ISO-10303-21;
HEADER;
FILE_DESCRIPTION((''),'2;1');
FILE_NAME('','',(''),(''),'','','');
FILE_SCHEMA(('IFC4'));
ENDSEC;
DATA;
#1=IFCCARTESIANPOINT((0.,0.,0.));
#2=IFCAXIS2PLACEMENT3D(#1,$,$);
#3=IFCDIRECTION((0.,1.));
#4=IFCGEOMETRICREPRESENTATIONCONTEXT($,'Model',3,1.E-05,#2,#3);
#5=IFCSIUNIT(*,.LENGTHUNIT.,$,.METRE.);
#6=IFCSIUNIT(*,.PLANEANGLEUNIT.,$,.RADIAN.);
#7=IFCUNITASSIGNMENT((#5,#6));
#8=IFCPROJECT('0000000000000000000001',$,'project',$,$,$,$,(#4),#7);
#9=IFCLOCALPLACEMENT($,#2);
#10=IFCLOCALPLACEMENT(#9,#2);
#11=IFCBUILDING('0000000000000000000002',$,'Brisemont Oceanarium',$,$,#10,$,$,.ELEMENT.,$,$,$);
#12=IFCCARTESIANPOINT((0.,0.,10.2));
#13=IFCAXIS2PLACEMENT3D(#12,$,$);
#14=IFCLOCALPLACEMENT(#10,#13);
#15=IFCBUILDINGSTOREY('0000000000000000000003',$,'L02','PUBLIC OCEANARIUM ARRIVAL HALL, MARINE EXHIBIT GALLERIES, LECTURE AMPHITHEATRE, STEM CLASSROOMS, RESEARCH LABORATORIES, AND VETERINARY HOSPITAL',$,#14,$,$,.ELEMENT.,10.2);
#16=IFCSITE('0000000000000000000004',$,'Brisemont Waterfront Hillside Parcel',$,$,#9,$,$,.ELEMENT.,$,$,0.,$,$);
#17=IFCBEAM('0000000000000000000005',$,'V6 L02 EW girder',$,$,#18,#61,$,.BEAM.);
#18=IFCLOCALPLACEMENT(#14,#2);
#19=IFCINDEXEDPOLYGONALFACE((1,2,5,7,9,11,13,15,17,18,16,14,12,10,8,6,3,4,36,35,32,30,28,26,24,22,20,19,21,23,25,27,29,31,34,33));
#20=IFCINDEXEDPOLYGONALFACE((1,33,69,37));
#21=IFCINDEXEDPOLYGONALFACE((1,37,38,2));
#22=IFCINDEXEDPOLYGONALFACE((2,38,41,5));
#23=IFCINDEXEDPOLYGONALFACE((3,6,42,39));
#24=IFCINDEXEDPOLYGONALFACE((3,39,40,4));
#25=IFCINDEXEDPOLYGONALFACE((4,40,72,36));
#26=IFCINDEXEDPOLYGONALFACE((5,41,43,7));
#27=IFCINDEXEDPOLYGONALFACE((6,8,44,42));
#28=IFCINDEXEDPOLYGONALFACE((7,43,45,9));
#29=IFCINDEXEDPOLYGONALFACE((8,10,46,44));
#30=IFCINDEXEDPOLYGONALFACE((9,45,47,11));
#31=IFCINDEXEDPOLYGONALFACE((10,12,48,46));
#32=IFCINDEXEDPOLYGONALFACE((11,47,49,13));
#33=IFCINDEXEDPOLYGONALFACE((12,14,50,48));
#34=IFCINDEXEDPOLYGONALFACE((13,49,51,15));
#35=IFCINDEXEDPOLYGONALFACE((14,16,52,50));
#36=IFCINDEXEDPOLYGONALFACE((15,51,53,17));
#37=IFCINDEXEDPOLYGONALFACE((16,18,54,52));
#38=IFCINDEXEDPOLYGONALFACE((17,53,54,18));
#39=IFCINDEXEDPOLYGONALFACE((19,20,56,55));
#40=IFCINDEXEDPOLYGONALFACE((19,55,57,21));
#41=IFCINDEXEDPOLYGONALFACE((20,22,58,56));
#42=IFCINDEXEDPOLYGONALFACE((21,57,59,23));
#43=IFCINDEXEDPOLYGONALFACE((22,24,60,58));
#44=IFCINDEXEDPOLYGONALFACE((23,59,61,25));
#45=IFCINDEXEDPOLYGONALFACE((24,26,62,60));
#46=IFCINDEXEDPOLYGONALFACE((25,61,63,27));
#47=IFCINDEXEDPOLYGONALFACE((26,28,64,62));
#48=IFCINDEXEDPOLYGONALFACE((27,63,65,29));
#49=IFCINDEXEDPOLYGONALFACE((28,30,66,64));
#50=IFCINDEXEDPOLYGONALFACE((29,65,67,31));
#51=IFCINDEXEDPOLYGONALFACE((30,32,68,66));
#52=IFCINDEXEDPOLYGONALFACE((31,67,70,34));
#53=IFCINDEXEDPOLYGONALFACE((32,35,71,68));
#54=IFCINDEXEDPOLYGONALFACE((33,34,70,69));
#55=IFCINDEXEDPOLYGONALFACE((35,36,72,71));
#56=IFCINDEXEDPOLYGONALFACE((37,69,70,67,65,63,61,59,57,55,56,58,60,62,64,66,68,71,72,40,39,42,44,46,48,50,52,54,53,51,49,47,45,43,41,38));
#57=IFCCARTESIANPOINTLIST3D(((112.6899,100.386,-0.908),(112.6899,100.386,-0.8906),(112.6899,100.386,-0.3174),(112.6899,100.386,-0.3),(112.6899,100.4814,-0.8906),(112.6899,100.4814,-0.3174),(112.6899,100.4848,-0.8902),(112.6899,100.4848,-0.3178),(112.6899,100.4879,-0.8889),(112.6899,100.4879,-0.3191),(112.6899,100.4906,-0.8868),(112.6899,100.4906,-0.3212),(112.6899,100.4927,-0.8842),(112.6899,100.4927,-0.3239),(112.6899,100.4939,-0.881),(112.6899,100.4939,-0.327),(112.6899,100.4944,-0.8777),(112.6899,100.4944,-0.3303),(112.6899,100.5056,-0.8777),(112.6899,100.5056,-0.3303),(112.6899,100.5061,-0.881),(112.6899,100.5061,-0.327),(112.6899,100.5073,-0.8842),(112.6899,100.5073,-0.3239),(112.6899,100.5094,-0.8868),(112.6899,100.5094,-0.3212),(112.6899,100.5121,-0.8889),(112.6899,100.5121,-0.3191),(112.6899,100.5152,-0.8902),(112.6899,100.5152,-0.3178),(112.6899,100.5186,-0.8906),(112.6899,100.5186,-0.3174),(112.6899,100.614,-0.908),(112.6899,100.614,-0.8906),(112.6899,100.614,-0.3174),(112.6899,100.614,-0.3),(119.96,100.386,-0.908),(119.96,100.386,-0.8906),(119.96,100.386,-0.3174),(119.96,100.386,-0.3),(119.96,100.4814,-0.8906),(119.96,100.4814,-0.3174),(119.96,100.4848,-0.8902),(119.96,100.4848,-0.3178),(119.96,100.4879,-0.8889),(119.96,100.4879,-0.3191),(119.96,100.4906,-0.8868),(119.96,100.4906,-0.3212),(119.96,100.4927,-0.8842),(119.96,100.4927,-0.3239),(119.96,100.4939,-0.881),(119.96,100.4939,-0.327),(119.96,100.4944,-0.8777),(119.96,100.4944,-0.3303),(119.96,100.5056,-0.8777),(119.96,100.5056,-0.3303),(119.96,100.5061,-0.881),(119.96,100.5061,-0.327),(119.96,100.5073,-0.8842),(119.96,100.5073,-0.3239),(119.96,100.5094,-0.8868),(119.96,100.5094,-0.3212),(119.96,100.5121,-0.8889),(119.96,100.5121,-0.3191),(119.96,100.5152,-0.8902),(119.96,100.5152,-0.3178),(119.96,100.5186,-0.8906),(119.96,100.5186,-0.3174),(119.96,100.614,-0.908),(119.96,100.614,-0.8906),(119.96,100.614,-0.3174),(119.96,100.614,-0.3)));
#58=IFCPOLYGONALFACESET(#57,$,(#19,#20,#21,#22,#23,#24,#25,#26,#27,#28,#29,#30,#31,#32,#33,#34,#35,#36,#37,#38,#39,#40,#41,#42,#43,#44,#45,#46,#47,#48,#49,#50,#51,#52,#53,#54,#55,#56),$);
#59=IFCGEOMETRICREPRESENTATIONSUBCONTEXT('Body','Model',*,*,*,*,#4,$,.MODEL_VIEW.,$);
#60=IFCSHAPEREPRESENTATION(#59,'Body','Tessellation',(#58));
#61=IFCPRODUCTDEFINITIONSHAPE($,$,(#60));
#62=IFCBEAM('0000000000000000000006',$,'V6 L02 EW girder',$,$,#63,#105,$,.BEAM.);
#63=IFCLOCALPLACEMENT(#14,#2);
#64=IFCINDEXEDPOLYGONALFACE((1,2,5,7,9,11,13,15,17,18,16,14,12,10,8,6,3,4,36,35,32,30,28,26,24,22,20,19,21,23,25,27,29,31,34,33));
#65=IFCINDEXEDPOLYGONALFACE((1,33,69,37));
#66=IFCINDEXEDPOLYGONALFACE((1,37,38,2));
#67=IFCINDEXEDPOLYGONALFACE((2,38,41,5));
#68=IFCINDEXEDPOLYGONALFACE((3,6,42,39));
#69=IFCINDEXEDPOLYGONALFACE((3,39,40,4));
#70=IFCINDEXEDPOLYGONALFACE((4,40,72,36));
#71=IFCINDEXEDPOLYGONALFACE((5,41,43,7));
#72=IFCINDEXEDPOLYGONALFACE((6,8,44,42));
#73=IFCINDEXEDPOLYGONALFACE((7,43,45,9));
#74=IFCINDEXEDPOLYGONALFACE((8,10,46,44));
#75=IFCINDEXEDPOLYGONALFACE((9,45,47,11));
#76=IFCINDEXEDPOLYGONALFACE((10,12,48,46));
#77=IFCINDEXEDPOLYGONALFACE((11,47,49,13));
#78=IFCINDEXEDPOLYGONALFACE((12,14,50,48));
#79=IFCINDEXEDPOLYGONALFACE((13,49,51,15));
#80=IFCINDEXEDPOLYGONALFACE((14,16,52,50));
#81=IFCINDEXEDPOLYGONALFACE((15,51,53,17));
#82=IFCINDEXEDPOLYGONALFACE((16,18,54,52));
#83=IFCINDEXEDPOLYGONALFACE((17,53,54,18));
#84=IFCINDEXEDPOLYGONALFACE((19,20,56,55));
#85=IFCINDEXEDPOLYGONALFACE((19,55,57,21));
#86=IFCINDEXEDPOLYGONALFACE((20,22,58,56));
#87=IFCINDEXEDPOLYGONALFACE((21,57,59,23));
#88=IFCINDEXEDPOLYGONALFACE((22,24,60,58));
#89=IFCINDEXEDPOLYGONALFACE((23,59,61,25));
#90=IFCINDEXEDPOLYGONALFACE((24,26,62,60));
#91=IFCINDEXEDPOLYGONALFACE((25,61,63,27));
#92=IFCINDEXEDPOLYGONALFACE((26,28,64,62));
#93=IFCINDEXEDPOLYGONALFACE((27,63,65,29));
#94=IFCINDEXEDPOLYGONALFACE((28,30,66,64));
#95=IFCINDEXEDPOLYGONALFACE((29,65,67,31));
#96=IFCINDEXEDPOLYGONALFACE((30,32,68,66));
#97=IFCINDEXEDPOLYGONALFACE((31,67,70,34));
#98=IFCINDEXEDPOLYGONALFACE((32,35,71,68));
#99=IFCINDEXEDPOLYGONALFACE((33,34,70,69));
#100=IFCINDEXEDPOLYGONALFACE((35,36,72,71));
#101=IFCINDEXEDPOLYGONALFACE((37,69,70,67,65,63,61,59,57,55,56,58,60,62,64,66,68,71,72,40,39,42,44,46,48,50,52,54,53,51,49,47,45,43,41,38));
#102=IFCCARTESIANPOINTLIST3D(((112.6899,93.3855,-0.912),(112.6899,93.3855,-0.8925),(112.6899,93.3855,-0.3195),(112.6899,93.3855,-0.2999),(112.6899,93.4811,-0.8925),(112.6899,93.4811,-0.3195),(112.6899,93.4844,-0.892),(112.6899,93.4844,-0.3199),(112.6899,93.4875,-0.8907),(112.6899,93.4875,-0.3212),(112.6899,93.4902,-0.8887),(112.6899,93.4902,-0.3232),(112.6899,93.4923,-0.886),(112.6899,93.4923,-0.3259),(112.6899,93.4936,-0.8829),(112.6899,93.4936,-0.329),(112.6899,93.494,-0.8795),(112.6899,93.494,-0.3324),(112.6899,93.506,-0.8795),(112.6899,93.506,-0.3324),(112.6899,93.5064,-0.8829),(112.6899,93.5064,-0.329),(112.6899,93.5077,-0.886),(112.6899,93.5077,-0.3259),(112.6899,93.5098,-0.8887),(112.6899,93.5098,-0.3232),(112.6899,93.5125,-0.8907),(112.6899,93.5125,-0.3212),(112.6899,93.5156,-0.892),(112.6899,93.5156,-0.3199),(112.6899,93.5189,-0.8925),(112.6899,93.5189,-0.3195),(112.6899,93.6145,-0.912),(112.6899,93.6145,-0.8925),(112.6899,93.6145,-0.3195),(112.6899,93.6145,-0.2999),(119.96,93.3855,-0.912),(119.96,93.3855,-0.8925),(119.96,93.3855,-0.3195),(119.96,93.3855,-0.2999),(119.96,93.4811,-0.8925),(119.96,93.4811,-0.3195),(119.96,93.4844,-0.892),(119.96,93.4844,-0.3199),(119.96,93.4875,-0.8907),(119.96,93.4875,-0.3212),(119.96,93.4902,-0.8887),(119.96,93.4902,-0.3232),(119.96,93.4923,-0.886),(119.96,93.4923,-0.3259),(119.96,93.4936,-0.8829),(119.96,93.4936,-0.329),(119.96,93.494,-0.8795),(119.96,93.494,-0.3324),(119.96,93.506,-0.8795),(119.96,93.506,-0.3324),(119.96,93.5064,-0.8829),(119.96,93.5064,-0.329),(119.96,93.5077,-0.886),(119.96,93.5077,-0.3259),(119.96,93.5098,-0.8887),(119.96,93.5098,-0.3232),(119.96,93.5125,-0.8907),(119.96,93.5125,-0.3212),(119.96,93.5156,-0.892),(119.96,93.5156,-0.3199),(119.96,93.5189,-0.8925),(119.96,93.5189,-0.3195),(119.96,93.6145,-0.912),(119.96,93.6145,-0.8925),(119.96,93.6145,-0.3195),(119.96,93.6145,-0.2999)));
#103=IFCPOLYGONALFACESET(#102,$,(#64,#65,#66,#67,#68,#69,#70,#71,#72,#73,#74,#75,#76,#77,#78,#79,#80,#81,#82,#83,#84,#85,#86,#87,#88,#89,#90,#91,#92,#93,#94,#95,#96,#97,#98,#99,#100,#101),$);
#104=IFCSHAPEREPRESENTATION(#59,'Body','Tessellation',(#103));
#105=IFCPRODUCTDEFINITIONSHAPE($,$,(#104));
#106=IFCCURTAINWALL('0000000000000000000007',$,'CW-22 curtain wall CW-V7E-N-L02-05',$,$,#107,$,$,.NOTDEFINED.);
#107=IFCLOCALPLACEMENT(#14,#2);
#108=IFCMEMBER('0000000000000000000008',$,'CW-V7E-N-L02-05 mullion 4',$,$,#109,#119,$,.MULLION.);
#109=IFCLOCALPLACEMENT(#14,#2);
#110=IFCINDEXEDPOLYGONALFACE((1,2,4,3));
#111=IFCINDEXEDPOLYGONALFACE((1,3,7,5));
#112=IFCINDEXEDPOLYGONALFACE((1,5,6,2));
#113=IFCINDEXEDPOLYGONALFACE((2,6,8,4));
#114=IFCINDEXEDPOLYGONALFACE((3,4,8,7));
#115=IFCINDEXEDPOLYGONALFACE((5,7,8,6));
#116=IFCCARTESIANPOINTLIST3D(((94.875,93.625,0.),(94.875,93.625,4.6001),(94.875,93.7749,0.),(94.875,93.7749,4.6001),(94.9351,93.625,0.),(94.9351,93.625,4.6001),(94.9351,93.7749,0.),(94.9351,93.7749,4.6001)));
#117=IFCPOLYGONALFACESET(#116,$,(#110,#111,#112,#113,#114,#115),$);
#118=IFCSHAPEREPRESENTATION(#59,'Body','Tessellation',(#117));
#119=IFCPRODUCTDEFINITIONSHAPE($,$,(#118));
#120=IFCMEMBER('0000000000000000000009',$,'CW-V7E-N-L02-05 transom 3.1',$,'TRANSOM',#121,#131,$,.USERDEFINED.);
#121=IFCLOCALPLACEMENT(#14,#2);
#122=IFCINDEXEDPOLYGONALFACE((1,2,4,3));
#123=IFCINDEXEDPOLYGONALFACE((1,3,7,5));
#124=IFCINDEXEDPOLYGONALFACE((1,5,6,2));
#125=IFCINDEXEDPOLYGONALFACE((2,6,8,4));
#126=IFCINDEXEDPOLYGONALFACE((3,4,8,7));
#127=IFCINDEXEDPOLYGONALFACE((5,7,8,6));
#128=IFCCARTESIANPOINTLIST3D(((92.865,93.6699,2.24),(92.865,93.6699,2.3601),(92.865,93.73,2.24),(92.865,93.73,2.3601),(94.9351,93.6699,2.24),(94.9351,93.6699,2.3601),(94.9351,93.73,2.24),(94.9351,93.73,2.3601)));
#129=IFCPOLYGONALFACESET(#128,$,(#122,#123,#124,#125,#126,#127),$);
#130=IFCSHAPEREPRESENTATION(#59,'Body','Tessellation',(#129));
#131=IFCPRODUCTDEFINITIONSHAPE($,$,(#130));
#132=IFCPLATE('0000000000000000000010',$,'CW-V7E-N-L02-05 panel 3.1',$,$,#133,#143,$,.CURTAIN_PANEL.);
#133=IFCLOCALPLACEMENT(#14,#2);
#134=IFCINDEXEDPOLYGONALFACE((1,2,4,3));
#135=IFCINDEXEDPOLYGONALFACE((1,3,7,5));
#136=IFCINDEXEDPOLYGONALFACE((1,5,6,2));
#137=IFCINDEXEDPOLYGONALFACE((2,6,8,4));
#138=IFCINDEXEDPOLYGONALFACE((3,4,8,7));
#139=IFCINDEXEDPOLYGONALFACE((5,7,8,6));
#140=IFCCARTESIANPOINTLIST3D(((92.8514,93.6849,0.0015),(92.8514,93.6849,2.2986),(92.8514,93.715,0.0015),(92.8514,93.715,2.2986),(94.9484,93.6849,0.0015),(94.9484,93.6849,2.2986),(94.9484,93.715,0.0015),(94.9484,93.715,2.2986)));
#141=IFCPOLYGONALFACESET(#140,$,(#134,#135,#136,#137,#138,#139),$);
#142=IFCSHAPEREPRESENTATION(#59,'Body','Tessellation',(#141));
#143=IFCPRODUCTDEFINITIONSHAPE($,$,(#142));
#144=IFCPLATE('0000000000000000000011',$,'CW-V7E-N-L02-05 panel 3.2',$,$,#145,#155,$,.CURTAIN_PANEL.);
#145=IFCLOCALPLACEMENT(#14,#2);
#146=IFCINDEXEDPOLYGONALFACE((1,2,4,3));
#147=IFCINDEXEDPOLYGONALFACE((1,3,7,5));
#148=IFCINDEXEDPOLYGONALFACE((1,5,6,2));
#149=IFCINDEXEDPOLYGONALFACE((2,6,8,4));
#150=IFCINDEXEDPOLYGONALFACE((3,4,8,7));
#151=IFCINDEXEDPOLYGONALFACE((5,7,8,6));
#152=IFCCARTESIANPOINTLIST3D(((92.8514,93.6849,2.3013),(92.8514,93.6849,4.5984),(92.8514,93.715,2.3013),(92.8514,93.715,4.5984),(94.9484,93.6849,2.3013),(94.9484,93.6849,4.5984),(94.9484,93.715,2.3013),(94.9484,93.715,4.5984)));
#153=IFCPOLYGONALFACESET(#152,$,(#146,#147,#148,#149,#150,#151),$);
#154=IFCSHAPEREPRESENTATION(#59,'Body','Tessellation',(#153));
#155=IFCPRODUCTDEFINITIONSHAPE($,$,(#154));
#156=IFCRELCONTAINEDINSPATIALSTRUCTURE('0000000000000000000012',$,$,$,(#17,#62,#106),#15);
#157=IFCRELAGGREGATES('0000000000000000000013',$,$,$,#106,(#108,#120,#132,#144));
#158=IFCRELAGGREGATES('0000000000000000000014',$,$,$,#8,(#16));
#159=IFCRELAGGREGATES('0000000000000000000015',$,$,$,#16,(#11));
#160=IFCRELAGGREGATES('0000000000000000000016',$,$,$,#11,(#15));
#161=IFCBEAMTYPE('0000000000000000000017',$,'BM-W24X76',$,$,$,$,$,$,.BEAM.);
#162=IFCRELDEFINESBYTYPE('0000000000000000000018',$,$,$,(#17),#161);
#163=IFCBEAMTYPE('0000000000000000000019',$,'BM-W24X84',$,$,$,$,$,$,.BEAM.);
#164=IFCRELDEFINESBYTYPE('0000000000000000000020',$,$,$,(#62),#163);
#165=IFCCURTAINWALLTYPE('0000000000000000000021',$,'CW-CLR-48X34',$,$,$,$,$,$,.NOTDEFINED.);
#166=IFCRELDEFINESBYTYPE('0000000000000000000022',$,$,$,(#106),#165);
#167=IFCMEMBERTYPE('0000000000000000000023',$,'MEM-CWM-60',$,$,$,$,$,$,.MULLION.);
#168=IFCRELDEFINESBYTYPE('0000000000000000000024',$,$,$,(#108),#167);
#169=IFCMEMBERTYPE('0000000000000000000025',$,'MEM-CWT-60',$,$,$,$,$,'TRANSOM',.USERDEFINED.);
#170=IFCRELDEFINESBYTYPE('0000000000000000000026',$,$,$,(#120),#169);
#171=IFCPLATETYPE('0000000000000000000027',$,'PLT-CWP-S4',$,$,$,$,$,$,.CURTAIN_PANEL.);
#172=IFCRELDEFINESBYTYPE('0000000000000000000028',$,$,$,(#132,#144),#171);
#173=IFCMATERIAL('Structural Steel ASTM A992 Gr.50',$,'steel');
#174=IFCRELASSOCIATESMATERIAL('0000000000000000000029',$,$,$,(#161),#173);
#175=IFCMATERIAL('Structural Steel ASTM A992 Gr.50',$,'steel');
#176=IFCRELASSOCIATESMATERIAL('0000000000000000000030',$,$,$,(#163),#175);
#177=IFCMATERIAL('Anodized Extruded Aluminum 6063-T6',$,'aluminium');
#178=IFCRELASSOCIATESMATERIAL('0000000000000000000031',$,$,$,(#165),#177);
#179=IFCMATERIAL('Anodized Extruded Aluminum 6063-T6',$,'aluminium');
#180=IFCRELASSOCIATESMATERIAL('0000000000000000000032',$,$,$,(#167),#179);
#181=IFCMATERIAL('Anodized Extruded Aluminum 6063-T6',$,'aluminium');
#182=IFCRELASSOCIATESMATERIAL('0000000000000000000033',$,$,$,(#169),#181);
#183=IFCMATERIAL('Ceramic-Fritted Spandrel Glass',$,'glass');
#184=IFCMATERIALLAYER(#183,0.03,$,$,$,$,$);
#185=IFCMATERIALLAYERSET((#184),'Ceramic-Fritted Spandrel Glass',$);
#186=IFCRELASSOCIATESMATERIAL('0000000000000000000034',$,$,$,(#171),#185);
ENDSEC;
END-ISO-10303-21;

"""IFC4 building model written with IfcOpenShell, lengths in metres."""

from ifc_helpers import new_model, si_unit, direction, frame, origin, origin_2d, place, context, subcontext, project, spatial, rectangle, i_section, extrude, material, layer, layer_set, material_profile, profile_set, type_object, element, aggregate, save


model = new_model("IFC4")

# Units and contexts
model_context = context("Model", 3, precision=1e-05, world=origin(), true_north=direction((0.0, 1.0)))
body_context = subcontext(model_context, "Body", "Model", "MODEL_VIEW")
ifc_project = project(units=[si_unit("LENGTHUNIT", "METRE"), si_unit("PLANEANGLEUNIT", "RADIAN")], contexts=[model_context])

# Site, building, storey
site_placement = place(None, origin())
site = spatial("IfcSite", under=ifc_project, at=site_placement, Name="Brisemont Waterfront Hillside Parcel", CompositionType="ELEMENT", RefElevation=0.0)
building_placement = place(site_placement, origin())
building = spatial("IfcBuilding", under=site, at=building_placement, Name="Brisemont Oceanarium", CompositionType="ELEMENT")
storey_placement = place(building_placement, frame((0.0, 0.0, 10.2)))
storey = spatial("IfcBuildingStorey", under=building, at=storey_placement, Name="L02", Description="PUBLIC OCEANARIUM ARRIVAL HALL, MARINE EXHIBIT GALLERIES, LECTURE AMPHITHEATRE, STEM CLASSROOMS, RESEARCH LABORATORIES, AND VETERINARY HOSPITAL", CompositionType="ELEMENT", Elevation=10.2)

# Beams
ifc_material_1 = material(Name="Structural Steel ASTM A992 Gr.50", Category="steel")
ifc_material_profile_1 = material_profile(ifc_material_1, i_section(OverallWidth=0.228, OverallDepth=0.6079, WebThickness=0.0112, FlangeThickness=0.0173, FilletRadius=0.0129, at=origin_2d()), Name="W24X76")
ifc_profile_set_1 = profile_set([ifc_material_profile_1], Name="Structural Steel ASTM A992 Gr.50")
beam_type_1 = type_object("IfcBeamType", Name="BM-W24X76", PredefinedType="BEAM", material=ifc_profile_set_1)
beam_1_placement = place(storey_placement, frame((112.6899, 100.5, -0.604), z_axis=(1.0, 0.0, 0.0), x_axis=(0.0, 1.0, 0.0)))
element("IfcBeam", 1, at=beam_1_placement, inside=storey, type_object=beam_type_1, Name="V6 L02 EW girder", PredefinedType="BEAM", context=body_context, shape_type="SweptSolid", body=[
    extrude(i_section(OverallWidth=0.228, OverallDepth=0.6079, WebThickness=0.0112, FlangeThickness=0.0173, FilletRadius=0.0129, at=origin_2d()), origin(), (0.0, 0.0, 1.0), 7.27),
])
ifc_material_2 = material(Name="Structural Steel ASTM A992 Gr.50", Category="steel")
ifc_material_profile_2 = material_profile(ifc_material_2, i_section(OverallWidth=0.229, OverallDepth=0.6121, WebThickness=0.012, FlangeThickness=0.0195, FilletRadius=0.0129, at=origin_2d()), Name="W24X84")
ifc_profile_set_2 = profile_set([ifc_material_profile_2], Name="Structural Steel ASTM A992 Gr.50")
beam_type_2 = type_object("IfcBeamType", Name="BM-W24X84", PredefinedType="BEAM", material=ifc_profile_set_2)
beam_2_placement = place(storey_placement, frame((112.6899, 93.5, -0.606), z_axis=(1.0, 0.0, 0.0), x_axis=(0.0, 1.0, 0.0)))
element("IfcBeam", 2, at=beam_2_placement, inside=storey, type_object=beam_type_2, Name="V6 L02 EW girder", PredefinedType="BEAM", context=body_context, shape_type="SweptSolid", body=[
    extrude(i_section(OverallWidth=0.229, OverallDepth=0.6121, WebThickness=0.012, FlangeThickness=0.0195, FilletRadius=0.0129, at=origin_2d()), origin(), (0.0, 0.0, 1.0), 7.27),
])

# Curtain wall, members, plates
ifc_material_3 = material(Name="Anodized Extruded Aluminum 6063-T6", Category="aluminium")
curtain_wall_type = type_object("IfcCurtainWallType", Name="CW-CLR-48X34", PredefinedType="NOTDEFINED", material=ifc_material_3)
curtain_wall_placement = place(storey_placement, origin())
curtain_wall = element("IfcCurtainWall", 3, at=curtain_wall_placement, inside=storey, type_object=curtain_wall_type, Name="CW-22 curtain wall CW-V7E-N-L02-05", PredefinedType="NOTDEFINED")
ifc_material_4 = material(Name="Anodized Extruded Aluminum 6063-T6", Category="aluminium")
ifc_material_profile_3 = material_profile(ifc_material_4, rectangle(XDim=0.0601, YDim=0.1499, at=origin_2d()), Name="CWM-60X150")
ifc_profile_set_3 = profile_set([ifc_material_profile_3], Name="Anodized Extruded Aluminum 6063-T6")
member_type_1 = type_object("IfcMemberType", Name="MEM-CWM-60", PredefinedType="MULLION", material=ifc_profile_set_3)
member_1_placement = place(storey_placement, frame((94.905, 93.7, 0.0), z_axis=(0.0, 0.0, 1.0), x_axis=(1.0, 0.0, 0.0)))
member_1 = element("IfcMember", 4, at=member_1_placement, type_object=member_type_1, Name="CW-V7E-N-L02-05 mullion 4", PredefinedType="MULLION", context=body_context, shape_type="SweptSolid", body=[
    extrude(rectangle(XDim=0.0601, YDim=0.1499, at=origin_2d()), origin(), (0.0, 0.0, 1.0), 4.6001),
])
ifc_material_5 = material(Name="Anodized Extruded Aluminum 6063-T6", Category="aluminium")
ifc_material_profile_4 = material_profile(ifc_material_5, rectangle(XDim=0.0601, YDim=0.1201, at=origin_2d()), Name="CWT-60X120")
ifc_profile_set_4 = profile_set([ifc_material_profile_4], Name="Anodized Extruded Aluminum 6063-T6")
member_type_2 = type_object("IfcMemberType", Name="MEM-CWT-60", ElementType="TRANSOM", PredefinedType="USERDEFINED", material=ifc_profile_set_4)
member_2_placement = place(storey_placement, frame((92.865, 93.7, 2.3), z_axis=(1.0, 0.0, 0.0), x_axis=(0.0, 1.0, 0.0)))
member_2 = element("IfcMember", 5, at=member_2_placement, type_object=member_type_2, Name="CW-V7E-N-L02-05 transom 3.1", ObjectType="TRANSOM", PredefinedType="USERDEFINED", context=body_context, shape_type="SweptSolid", body=[
    extrude(rectangle(XDim=0.0601, YDim=0.1201, at=origin_2d()), origin(), (0.0, 0.0, 1.0), 2.0701),
])
ifc_material_6 = material(Name="Ceramic-Fritted Spandrel Glass", Category="glass")
ifc_layer_1 = layer(ifc_material_6, 0.03)
ifc_layer_set_1 = layer_set([ifc_layer_1], Name="Ceramic-Fritted Spandrel Glass")
plate_type = type_object("IfcPlateType", Name="PLT-CWP-S4", PredefinedType="CURTAIN_PANEL", material=ifc_layer_set_1)
plate_1_placement = place(storey_placement, frame((93.8999, 93.7, 0.0015), z_axis=(0.0, 0.0, 1.0), x_axis=(1.0, 0.0, 0.0)))
plate_1 = element("IfcPlate", 6, at=plate_1_placement, type_object=plate_type, Name="CW-V7E-N-L02-05 panel 3.1", PredefinedType="CURTAIN_PANEL", context=body_context, shape_type="SweptSolid", body=[
    extrude(rectangle(XDim=2.0969, YDim=0.03, at=origin_2d()), origin(), (0.0, 0.0, 1.0), 2.2971),
])
plate_2_placement = place(storey_placement, frame((93.8999, 93.7, 2.3013), z_axis=(0.0, 0.0, 1.0), x_axis=(1.0, 0.0, 0.0)))
plate_2 = element("IfcPlate", 7, at=plate_2_placement, type_object=plate_type, Name="CW-V7E-N-L02-05 panel 3.2", PredefinedType="CURTAIN_PANEL", context=body_context, shape_type="SweptSolid", body=[
    extrude(rectangle(XDim=2.0969, YDim=0.03, at=origin_2d()), origin(), (0.0, 0.0, 1.0), 2.2971),
])
aggregate(curtain_wall, [member_1, member_2, plate_1, plate_2])

save(model, "model.ifc")
